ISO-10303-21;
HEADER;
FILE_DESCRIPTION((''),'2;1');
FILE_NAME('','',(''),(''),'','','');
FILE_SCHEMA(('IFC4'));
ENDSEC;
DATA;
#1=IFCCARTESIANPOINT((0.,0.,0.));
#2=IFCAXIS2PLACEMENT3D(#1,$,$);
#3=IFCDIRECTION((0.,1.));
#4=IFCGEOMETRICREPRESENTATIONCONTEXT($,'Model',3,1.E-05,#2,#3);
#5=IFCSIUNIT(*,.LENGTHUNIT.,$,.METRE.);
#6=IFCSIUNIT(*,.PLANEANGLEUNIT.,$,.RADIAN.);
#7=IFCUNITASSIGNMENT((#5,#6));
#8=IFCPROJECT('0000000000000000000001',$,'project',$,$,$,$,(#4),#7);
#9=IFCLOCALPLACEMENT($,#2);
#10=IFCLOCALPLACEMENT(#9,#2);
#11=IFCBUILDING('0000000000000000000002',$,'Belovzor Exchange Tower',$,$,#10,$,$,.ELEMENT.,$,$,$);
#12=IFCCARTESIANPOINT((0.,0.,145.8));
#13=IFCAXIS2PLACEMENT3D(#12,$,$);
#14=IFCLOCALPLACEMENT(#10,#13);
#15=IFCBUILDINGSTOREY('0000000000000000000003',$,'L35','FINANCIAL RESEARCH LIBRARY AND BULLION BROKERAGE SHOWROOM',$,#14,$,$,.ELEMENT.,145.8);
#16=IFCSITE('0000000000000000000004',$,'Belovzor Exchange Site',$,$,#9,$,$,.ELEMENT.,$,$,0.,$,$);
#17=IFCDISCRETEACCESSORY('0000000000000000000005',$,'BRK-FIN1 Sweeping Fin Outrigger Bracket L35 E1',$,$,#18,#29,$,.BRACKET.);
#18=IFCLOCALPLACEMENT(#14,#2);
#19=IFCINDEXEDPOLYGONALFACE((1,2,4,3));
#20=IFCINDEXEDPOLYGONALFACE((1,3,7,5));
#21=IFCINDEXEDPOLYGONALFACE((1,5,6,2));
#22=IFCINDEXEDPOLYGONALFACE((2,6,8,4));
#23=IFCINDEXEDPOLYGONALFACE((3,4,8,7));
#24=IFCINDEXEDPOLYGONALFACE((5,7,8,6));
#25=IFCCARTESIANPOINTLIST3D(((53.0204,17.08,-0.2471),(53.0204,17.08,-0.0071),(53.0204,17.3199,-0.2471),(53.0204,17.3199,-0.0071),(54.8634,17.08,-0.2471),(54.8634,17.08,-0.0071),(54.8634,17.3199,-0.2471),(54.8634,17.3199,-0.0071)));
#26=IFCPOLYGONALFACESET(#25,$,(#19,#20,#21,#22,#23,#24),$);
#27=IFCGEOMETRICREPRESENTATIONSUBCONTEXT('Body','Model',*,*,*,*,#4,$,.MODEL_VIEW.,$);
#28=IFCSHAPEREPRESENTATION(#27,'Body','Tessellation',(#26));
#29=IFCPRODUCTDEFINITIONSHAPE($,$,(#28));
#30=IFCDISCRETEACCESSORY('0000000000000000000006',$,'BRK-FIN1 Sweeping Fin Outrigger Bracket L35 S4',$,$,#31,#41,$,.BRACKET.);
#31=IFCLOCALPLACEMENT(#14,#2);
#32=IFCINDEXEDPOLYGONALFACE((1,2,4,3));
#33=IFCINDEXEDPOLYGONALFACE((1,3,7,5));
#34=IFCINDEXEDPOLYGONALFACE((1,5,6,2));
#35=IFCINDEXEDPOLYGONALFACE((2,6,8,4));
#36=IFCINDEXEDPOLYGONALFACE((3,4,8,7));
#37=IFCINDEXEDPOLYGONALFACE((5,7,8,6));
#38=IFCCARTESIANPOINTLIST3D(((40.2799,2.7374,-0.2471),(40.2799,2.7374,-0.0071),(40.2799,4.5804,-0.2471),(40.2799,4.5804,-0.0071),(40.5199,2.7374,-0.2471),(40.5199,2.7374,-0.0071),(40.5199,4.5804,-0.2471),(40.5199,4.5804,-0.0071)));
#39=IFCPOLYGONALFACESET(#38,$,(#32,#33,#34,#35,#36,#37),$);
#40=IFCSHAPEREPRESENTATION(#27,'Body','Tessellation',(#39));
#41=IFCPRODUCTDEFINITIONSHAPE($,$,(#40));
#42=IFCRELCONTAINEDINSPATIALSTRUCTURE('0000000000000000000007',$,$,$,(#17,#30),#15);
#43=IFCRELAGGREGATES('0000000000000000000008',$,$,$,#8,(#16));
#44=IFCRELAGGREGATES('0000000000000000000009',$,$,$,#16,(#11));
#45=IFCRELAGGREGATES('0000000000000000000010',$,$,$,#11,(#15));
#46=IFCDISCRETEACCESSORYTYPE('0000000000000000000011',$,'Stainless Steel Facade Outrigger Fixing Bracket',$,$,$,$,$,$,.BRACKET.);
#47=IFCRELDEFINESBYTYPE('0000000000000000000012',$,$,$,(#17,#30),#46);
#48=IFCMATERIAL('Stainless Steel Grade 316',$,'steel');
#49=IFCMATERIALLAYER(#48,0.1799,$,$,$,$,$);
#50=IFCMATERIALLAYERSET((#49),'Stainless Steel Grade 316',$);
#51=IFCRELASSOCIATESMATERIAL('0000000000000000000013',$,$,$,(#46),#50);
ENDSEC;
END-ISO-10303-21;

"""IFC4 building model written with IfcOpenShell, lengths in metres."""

from ifc_helpers import new_model, si_unit, direction, frame, origin, origin_2d, place, context, subcontext, project, spatial, rectangle, extrude, material, layer, layer_set, type_object, element, save


model = new_model("IFC4")

# Units and contexts
model_context = context("Model", 3, precision=1e-05, world=origin(), true_north=direction((0.0, 1.0)))
body_context = subcontext(model_context, "Body", "Model", "MODEL_VIEW")
ifc_project = project(units=[si_unit("LENGTHUNIT", "METRE"), si_unit("PLANEANGLEUNIT", "RADIAN")], contexts=[model_context])

# Site, building, storey
site_placement = place(None, origin())
site = spatial("IfcSite", under=ifc_project, at=site_placement, Name="Belovzor Exchange Site", CompositionType="ELEMENT", RefElevation=0.0)
building_placement = place(site_placement, origin())
building = spatial("IfcBuilding", under=site, at=building_placement, Name="Belovzor Exchange Tower", CompositionType="ELEMENT")
storey_placement = place(building_placement, frame((0.0, 0.0, 145.8)))
storey = spatial("IfcBuildingStorey", under=building, at=storey_placement, Name="L35", Description="FINANCIAL RESEARCH LIBRARY AND BULLION BROKERAGE SHOWROOM", CompositionType="ELEMENT", Elevation=145.8)

# Discrete accessories
ifc_material_1 = material(Name="Stainless Steel Grade 316", Category="steel")
ifc_layer_1 = layer(ifc_material_1, 0.1799)
ifc_layer_set_1 = layer_set([ifc_layer_1], Name="Stainless Steel Grade 316")
discrete_accessory_type = type_object("IfcDiscreteAccessoryType", Name="Stainless Steel Facade Outrigger Fixing Bracket", PredefinedType="BRACKET", material=ifc_layer_set_1)
for number, where, z_axis, x_axis, name in (
    (1, (53.9419, 17.2, -0.2471), (0.0, 0.0, 1.0), (1.0, 0.0, 0.0), "BRK-FIN1 Sweeping Fin Outrigger Bracket L35 E1"),
    (2, (40.3999, 3.6589, -0.2471), (0.0, 0.0, 1.0), (0.0, 1.0, 0.0), "BRK-FIN1 Sweeping Fin Outrigger Bracket L35 S4"),
):
    element("IfcDiscreteAccessory", number, at=place(storey_placement, frame(where, z_axis=z_axis, x_axis=x_axis)), inside=storey, type_object=discrete_accessory_type, Name=name, PredefinedType="BRACKET", context=body_context, shape_type="SweptSolid", body=[
        extrude(rectangle(XDim=1.843, YDim=0.24, at=origin_2d()), origin(), (0.0, 0.0, 1.0), 0.24),
    ])

save(model, "model.ifc")
